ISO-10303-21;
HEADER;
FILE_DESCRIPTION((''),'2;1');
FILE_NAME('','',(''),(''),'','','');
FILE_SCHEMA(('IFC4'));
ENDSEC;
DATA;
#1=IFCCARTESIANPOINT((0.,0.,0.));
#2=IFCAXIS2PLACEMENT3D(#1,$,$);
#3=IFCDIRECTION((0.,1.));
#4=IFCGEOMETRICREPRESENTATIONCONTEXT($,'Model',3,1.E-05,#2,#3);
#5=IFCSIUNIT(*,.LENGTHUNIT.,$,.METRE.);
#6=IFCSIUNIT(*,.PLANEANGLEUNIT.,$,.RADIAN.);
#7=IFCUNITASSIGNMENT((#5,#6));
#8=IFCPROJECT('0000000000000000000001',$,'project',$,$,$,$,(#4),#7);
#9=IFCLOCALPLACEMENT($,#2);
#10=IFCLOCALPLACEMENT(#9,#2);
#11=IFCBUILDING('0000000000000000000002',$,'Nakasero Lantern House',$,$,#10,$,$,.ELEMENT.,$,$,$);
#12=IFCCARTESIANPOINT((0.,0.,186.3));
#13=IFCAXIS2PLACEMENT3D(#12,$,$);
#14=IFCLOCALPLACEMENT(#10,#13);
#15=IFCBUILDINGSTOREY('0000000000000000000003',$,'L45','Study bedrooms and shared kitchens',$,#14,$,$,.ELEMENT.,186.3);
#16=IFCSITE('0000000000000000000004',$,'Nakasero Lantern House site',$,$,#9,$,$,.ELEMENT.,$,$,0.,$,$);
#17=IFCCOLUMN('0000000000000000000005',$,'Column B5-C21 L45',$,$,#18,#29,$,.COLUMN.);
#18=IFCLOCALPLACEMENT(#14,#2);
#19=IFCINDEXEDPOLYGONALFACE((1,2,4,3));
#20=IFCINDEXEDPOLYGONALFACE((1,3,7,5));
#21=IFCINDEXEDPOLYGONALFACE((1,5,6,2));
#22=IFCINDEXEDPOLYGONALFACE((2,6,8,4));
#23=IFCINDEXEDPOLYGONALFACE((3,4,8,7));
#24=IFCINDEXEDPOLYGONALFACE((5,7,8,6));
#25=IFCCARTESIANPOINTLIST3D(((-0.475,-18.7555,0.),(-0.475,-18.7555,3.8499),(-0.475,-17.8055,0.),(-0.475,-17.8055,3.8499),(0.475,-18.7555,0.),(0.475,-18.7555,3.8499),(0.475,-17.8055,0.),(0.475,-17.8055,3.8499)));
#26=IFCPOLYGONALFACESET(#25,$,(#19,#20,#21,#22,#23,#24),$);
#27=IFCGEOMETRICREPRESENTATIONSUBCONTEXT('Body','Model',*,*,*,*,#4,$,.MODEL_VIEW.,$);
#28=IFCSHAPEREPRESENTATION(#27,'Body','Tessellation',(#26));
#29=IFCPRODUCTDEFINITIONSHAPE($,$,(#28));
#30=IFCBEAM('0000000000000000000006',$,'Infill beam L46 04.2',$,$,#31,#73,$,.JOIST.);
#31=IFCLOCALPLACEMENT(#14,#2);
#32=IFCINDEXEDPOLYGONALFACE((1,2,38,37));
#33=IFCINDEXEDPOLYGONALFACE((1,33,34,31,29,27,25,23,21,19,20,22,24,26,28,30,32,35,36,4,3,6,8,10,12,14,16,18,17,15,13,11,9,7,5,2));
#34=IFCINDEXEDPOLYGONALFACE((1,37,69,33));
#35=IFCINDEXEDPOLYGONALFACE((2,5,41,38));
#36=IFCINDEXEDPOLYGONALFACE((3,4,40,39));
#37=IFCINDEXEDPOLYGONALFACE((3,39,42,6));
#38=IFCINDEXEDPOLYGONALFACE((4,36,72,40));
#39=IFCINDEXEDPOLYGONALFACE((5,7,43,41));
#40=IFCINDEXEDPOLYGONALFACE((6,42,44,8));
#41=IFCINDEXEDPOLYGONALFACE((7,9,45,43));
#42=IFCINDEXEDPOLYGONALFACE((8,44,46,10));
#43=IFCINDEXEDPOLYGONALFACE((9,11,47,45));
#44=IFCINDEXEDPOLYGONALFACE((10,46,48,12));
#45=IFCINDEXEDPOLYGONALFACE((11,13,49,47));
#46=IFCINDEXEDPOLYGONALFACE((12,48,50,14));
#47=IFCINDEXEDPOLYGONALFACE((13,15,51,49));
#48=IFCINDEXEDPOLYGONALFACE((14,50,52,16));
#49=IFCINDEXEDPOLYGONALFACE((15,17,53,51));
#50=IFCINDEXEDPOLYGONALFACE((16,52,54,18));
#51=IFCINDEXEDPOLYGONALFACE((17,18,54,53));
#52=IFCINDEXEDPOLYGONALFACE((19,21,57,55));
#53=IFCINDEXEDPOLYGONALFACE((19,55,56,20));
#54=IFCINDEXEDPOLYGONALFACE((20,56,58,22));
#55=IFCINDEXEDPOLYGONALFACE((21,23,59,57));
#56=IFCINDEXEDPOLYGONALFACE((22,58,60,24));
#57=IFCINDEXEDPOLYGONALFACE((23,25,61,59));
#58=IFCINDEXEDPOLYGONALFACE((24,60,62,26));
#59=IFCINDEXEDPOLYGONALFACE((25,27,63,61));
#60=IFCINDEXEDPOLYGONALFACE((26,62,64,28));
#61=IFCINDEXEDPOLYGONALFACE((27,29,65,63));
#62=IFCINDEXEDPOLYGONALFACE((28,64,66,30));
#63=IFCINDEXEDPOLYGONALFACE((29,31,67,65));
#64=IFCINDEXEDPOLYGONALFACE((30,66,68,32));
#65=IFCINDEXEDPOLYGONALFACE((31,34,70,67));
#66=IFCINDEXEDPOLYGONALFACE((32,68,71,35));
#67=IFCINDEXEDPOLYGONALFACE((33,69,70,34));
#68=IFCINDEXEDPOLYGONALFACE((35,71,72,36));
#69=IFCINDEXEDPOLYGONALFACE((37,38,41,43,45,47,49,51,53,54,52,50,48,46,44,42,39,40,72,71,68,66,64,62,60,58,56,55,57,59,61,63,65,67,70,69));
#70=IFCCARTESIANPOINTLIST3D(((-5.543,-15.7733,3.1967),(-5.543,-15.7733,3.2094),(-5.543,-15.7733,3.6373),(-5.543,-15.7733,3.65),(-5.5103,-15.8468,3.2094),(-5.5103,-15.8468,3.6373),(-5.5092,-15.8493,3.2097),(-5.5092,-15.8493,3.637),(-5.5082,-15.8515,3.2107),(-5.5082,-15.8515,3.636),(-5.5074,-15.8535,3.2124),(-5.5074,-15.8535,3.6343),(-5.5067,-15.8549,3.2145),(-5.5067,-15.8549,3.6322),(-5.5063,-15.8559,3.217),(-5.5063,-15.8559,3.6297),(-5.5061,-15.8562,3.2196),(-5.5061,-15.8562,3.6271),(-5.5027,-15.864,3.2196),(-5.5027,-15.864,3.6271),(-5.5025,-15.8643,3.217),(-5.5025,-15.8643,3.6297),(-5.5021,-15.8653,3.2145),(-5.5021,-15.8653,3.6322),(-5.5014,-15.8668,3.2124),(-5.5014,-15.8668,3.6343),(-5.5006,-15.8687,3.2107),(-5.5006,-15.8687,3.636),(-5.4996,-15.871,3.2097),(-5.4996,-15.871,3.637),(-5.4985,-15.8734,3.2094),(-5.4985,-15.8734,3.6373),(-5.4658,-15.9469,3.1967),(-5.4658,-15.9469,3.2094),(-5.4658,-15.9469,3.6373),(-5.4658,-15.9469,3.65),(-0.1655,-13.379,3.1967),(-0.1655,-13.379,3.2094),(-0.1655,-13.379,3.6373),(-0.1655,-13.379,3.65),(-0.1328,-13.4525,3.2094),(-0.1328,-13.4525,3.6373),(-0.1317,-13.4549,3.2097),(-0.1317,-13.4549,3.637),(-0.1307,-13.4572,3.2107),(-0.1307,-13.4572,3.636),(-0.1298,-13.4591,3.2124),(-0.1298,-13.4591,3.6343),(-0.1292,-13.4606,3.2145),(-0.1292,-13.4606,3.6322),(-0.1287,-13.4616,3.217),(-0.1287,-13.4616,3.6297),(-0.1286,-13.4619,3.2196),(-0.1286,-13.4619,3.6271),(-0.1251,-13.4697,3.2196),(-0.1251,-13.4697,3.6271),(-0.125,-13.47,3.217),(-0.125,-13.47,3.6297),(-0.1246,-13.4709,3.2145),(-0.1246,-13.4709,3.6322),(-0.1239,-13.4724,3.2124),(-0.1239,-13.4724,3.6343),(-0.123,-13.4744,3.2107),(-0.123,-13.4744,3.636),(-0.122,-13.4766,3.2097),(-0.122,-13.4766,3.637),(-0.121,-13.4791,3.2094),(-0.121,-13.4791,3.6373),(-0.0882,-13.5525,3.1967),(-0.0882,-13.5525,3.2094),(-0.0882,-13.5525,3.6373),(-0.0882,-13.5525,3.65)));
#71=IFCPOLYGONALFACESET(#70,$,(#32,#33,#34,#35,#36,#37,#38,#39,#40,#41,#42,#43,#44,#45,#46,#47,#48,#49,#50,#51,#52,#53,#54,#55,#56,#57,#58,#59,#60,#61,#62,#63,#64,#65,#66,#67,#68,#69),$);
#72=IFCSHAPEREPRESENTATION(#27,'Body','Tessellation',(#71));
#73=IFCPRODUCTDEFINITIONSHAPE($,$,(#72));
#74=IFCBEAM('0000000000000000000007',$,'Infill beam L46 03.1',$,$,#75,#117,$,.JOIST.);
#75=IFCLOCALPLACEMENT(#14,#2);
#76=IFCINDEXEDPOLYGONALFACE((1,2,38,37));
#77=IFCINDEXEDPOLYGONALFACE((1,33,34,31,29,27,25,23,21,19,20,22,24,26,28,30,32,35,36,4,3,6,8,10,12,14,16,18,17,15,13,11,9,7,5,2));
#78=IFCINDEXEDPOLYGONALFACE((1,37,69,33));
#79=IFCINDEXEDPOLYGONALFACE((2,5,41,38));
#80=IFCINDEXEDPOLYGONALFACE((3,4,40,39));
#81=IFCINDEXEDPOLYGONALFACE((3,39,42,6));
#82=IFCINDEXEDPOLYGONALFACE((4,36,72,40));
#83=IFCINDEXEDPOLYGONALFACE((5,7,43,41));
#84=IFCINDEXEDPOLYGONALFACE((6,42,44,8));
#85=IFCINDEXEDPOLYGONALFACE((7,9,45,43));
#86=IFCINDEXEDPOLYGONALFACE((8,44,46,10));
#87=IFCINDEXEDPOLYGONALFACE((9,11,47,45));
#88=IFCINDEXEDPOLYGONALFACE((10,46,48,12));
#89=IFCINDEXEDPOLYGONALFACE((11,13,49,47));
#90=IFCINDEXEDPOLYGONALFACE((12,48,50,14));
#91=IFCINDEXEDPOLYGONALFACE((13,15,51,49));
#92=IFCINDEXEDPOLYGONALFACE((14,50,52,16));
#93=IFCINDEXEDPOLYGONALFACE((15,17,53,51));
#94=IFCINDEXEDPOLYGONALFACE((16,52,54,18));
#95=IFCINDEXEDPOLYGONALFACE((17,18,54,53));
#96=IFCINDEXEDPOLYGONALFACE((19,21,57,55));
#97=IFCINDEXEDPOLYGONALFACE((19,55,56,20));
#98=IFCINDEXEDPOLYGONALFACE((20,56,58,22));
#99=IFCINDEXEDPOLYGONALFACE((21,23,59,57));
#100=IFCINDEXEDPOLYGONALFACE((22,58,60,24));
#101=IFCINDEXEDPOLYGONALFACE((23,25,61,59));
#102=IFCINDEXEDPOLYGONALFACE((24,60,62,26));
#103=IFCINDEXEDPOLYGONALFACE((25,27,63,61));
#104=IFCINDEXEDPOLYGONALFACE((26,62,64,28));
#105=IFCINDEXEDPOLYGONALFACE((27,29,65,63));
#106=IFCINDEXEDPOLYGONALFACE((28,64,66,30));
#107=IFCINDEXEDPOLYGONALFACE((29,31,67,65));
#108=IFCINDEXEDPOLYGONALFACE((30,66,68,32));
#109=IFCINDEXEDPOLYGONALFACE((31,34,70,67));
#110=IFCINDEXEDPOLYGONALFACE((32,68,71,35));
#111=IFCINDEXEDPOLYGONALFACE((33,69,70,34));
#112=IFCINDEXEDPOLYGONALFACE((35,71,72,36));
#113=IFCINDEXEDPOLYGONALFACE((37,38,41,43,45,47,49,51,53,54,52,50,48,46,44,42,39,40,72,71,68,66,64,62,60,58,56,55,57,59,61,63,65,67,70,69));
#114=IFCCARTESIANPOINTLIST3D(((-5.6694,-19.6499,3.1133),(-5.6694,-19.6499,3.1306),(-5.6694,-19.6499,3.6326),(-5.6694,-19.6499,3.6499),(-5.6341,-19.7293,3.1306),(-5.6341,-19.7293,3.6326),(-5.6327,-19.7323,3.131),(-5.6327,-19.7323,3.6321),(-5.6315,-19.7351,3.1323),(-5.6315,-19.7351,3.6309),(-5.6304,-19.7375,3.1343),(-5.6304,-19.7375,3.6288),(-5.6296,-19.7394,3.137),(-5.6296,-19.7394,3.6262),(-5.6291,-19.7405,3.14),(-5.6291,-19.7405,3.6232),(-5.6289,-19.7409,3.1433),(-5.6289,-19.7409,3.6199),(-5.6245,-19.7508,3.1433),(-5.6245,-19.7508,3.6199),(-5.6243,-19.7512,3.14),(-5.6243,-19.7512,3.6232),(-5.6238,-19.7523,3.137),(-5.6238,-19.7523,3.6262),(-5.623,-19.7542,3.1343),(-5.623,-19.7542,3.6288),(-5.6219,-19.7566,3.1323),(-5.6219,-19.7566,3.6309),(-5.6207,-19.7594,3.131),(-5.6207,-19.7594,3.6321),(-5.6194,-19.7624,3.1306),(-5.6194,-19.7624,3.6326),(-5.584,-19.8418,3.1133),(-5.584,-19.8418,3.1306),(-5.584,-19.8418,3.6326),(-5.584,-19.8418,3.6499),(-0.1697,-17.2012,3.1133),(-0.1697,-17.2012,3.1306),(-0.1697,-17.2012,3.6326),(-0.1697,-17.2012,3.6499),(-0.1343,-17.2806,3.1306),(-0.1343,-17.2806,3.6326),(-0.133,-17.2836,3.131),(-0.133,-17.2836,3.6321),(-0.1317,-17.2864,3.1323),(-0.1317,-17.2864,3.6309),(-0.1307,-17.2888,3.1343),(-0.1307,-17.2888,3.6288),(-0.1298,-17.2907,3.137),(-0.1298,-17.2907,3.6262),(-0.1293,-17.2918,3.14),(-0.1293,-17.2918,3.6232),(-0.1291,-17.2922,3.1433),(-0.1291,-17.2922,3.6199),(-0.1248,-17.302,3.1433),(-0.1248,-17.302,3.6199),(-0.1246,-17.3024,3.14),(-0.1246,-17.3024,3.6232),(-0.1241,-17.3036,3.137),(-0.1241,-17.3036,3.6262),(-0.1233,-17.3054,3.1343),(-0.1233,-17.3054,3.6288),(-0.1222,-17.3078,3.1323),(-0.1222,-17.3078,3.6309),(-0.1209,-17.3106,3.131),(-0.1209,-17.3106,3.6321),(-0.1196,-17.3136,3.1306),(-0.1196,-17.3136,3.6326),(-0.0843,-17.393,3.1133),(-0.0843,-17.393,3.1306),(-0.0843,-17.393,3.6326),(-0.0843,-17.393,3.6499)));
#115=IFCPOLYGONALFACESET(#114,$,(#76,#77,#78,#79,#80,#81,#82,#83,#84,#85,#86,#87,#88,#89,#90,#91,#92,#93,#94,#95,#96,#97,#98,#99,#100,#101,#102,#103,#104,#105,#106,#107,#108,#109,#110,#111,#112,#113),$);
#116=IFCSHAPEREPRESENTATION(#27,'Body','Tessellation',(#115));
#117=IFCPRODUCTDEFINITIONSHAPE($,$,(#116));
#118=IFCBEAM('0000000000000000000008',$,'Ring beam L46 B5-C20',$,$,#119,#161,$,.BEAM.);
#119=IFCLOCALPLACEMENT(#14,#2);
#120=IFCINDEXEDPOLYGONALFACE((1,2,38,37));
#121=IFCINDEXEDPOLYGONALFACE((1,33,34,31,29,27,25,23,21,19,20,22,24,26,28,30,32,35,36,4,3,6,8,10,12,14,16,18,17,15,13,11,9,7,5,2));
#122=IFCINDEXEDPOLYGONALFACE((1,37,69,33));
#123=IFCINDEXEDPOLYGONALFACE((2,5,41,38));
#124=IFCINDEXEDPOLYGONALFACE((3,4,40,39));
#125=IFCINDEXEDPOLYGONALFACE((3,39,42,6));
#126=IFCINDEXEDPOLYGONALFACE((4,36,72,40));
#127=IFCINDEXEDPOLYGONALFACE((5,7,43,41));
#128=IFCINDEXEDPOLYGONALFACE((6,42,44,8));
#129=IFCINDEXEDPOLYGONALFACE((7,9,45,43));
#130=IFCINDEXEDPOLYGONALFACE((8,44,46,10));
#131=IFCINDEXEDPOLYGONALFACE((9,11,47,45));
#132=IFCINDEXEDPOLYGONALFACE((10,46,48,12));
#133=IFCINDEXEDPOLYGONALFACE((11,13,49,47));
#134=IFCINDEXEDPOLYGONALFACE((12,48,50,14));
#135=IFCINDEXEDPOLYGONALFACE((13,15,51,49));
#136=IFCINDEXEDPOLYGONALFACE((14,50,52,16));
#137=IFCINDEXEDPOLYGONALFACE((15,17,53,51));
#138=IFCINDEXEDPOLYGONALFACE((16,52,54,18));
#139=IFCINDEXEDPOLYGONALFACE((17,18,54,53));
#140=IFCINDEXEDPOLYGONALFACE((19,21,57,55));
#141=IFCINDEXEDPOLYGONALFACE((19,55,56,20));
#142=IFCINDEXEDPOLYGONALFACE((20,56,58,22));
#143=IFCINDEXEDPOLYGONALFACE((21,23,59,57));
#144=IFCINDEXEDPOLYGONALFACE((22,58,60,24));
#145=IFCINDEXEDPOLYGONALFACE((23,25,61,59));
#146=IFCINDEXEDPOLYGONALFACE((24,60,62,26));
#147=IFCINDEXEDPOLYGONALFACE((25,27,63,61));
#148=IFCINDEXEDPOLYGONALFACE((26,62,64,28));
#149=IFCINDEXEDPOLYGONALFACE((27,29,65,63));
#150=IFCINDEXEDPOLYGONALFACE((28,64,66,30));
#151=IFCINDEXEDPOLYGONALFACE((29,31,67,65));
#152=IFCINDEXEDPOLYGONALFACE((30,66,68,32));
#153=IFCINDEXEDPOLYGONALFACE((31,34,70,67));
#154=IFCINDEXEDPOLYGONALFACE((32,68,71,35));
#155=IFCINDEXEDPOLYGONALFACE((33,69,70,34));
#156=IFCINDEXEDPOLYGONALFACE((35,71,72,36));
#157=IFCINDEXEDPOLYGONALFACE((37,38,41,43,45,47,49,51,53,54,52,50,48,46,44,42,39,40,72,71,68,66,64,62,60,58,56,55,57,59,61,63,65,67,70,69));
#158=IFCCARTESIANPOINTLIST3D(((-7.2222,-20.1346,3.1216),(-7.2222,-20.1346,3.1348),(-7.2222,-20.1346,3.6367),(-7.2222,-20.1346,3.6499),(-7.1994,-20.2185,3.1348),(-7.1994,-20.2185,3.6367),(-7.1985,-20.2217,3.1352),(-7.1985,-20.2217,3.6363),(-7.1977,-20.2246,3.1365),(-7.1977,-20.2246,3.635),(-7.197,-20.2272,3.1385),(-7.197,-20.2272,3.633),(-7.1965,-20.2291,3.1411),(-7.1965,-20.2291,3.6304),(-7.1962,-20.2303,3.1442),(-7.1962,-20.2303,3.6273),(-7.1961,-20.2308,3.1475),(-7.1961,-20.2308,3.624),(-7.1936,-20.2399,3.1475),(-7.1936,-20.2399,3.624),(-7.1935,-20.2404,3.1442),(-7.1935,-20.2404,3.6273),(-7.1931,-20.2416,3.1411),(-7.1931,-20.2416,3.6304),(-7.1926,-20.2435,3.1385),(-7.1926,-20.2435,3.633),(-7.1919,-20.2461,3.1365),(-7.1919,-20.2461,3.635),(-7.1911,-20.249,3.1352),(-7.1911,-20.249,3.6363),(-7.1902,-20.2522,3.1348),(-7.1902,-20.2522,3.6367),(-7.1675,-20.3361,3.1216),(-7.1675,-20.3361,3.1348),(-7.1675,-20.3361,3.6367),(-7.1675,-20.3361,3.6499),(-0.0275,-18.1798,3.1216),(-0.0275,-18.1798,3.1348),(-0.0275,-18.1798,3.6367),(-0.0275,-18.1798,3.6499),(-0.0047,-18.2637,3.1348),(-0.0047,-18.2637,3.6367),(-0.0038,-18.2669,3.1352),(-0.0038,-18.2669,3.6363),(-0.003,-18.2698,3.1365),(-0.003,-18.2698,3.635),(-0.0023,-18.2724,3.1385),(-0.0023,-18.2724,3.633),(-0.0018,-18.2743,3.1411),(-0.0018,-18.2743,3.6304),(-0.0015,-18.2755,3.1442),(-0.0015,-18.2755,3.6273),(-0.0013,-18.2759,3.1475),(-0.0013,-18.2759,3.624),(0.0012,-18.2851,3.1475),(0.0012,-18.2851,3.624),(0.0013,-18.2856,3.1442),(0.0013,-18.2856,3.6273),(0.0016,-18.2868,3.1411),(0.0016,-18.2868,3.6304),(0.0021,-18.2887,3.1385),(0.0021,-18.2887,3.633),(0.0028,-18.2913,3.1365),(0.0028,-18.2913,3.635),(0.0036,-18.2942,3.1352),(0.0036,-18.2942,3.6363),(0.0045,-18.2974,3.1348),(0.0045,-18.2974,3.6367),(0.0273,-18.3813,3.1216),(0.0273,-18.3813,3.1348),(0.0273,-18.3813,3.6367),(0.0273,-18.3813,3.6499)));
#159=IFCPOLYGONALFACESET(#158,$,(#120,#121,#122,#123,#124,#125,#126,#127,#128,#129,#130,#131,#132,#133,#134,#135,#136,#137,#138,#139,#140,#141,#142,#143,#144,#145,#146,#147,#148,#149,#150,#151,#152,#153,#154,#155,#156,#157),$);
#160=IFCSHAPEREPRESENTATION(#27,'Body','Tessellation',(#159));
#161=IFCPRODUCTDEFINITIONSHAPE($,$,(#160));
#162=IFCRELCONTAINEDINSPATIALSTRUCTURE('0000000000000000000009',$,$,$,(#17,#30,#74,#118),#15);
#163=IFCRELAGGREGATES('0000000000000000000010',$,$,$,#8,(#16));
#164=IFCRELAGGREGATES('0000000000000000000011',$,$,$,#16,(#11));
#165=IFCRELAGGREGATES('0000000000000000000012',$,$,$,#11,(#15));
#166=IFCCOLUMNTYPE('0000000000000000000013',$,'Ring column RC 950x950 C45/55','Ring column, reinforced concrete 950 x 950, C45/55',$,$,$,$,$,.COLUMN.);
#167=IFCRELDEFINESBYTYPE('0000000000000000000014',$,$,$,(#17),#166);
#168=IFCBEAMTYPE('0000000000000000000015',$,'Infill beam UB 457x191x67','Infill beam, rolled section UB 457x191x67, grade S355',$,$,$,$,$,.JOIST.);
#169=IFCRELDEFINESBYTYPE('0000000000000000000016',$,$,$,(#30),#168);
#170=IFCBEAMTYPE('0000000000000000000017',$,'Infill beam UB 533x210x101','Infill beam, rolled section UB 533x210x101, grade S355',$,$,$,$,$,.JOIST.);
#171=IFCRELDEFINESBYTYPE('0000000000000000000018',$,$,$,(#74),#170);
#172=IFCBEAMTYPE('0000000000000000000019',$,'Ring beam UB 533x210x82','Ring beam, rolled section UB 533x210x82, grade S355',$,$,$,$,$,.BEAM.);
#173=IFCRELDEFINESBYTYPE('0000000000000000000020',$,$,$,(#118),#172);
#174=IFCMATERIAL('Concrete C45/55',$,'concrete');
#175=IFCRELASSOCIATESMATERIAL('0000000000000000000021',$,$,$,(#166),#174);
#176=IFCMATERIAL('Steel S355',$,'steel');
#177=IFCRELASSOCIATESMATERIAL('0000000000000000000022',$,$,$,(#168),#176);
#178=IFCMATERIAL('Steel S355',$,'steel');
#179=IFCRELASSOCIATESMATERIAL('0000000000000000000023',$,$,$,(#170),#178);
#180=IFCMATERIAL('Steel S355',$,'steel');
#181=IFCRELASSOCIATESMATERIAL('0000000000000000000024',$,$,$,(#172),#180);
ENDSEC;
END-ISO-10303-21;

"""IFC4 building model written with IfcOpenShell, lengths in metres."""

from ifc_helpers import new_model, si_unit, direction, frame, origin, origin_2d, place, context, subcontext, project, spatial, rectangle, i_section, extrude, material, material_profile, profile_set, type_object, element, save


model = new_model("IFC4")

# Units and contexts
model_context = context("Model", 3, precision=1e-05, world=origin(), true_north=direction((0.0, 1.0)))
body_context = subcontext(model_context, "Body", "Model", "MODEL_VIEW")
ifc_project = project(units=[si_unit("LENGTHUNIT", "METRE"), si_unit("PLANEANGLEUNIT", "RADIAN")], contexts=[model_context])

# Site, building, storey
site_placement = place(None, origin())
site = spatial("IfcSite", under=ifc_project, at=site_placement, Name="Nakasero Lantern House site", CompositionType="ELEMENT", RefElevation=0.0)
building_placement = place(site_placement, origin())
building = spatial("IfcBuilding", under=site, at=building_placement, Name="Nakasero Lantern House", CompositionType="ELEMENT")
storey_placement = place(building_placement, frame((0.0, 0.0, 186.3)))
storey = spatial("IfcBuildingStorey", under=building, at=storey_placement, Name="L45", Description="Study bedrooms and shared kitchens", CompositionType="ELEMENT", Elevation=186.3)

# Column
ifc_material_1 = material(Name="Concrete C45/55", Category="concrete")
ifc_material_profile_1 = material_profile(ifc_material_1, rectangle(XDim=0.95, YDim=0.95, at=origin_2d()), Name="RC 950x950")
ifc_profile_set_1 = profile_set([ifc_material_profile_1], Name="Concrete C45/55")
column_type = type_object("IfcColumnType", Name="Ring column RC 950x950 C45/55", Description="Ring column, reinforced concrete 950 x 950, C45/55", PredefinedType="COLUMN", material=ifc_profile_set_1)
column_placement = place(storey_placement, frame((0.0, -18.2805, 0.0), z_axis=(0.0, 0.0, 1.0), x_axis=(1.0, 0.0, 0.0)))
element("IfcColumn", 1, at=column_placement, inside=storey, type_object=column_type, Name="Column B5-C21 L45", PredefinedType="COLUMN", context=body_context, shape_type="SweptSolid", body=[
    extrude(rectangle(XDim=0.95, YDim=0.95, at=origin_2d()), origin(), (0.0, 0.0, 1.0), 3.8499),
])

# Beams
ifc_material_2 = material(Name="Steel S355", Category="steel")
ifc_material_profile_2 = material_profile(ifc_material_2, i_section(OverallWidth=0.1899, OverallDepth=0.4534, WebThickness=0.0085, FlangeThickness=0.0127, FilletRadius=0.0103, at=origin_2d()), Name="UB 457x191x67")
ifc_profile_set_2 = profile_set([ifc_material_profile_2], Name="Steel S355")
beam_type_1 = type_object("IfcBeamType", Name="Infill beam UB 457x191x67", Description="Infill beam, rolled section UB 457x191x67, grade S355", PredefinedType="JOIST", material=ifc_profile_set_2)
beam_1_placement = place(storey_placement, frame((-5.5044, -15.8601, 3.4233), z_axis=(0.913539, 0.40675, 0.0), x_axis=(-0.40675, 0.913539, 0.0)))
element("IfcBeam", 2, at=beam_1_placement, inside=storey, type_object=beam_type_1, Name="Infill beam L46 04.2", PredefinedType="JOIST", context=body_context, shape_type="SweptSolid", body=[
    extrude(i_section(OverallWidth=0.1899, OverallDepth=0.4534, WebThickness=0.0085, FlangeThickness=0.0127, FilletRadius=0.0103, at=origin_2d()), origin(), (0.0, 0.0, 1.0), 5.8865),
])
ifc_material_3 = material(Name="Steel S355", Category="steel")
ifc_material_profile_3 = material_profile(ifc_material_3, i_section(OverallWidth=0.21, OverallDepth=0.5366, WebThickness=0.0107, FlangeThickness=0.0173, FilletRadius=0.0127, at=origin_2d()), Name="UB 533x210x101")
ifc_profile_set_3 = profile_set([ifc_material_profile_3], Name="Steel S355")
beam_type_2 = type_object("IfcBeamType", Name="Infill beam UB 533x210x101", Description="Infill beam, rolled section UB 533x210x101, grade S355", PredefinedType="JOIST", material=ifc_profile_set_3)
beam_2_placement = place(storey_placement, frame((-5.6267, -19.7458, 3.3816), z_axis=(0.91354, 0.406748, 0.0), x_axis=(-0.406748, 0.91354, 0.0)))
element("IfcBeam", 3, at=beam_2_placement, inside=storey, type_object=beam_type_2, Name="Infill beam L46 03.1", PredefinedType="JOIST", context=body_context, shape_type="SweptSolid", body=[
    extrude(i_section(OverallWidth=0.21, OverallDepth=0.5366, WebThickness=0.0107, FlangeThickness=0.0173, FilletRadius=0.0127, at=origin_2d()), origin(), (0.0, 0.0, 1.0), 6.0203),
])
ifc_material_4 = material(Name="Steel S355", Category="steel")
ifc_material_profile_4 = material_profile(ifc_material_4, i_section(OverallWidth=0.2087, OverallDepth=0.5283, WebThickness=0.0095, FlangeThickness=0.0132, FilletRadius=0.0127, at=origin_2d()), Name="UB 533x210x82")
ifc_profile_set_4 = profile_set([ifc_material_profile_4], Name="Steel S355")
beam_type_3 = type_object("IfcBeamType", Name="Ring beam UB 533x210x82", Description="Ring beam, rolled section UB 533x210x82, grade S355", PredefinedType="BEAM", material=ifc_profile_set_4)
beam_3_placement = place(storey_placement, frame((-7.1948, -20.2354, 3.3857), z_axis=(0.965015, 0.262195, 0.0), x_axis=(-0.262195, 0.965015, 0.0)))
element("IfcBeam", 4, at=beam_3_placement, inside=storey, type_object=beam_type_3, Name="Ring beam L46 B5-C20", PredefinedType="BEAM", context=body_context, shape_type="SweptSolid", body=[
    extrude(i_section(OverallWidth=0.2087, OverallDepth=0.5283, WebThickness=0.0095, FlangeThickness=0.0132, FilletRadius=0.0127, at=origin_2d()), origin(), (0.0, 0.0, 1.0), 7.4556),
])

save(model, "model.ifc")
